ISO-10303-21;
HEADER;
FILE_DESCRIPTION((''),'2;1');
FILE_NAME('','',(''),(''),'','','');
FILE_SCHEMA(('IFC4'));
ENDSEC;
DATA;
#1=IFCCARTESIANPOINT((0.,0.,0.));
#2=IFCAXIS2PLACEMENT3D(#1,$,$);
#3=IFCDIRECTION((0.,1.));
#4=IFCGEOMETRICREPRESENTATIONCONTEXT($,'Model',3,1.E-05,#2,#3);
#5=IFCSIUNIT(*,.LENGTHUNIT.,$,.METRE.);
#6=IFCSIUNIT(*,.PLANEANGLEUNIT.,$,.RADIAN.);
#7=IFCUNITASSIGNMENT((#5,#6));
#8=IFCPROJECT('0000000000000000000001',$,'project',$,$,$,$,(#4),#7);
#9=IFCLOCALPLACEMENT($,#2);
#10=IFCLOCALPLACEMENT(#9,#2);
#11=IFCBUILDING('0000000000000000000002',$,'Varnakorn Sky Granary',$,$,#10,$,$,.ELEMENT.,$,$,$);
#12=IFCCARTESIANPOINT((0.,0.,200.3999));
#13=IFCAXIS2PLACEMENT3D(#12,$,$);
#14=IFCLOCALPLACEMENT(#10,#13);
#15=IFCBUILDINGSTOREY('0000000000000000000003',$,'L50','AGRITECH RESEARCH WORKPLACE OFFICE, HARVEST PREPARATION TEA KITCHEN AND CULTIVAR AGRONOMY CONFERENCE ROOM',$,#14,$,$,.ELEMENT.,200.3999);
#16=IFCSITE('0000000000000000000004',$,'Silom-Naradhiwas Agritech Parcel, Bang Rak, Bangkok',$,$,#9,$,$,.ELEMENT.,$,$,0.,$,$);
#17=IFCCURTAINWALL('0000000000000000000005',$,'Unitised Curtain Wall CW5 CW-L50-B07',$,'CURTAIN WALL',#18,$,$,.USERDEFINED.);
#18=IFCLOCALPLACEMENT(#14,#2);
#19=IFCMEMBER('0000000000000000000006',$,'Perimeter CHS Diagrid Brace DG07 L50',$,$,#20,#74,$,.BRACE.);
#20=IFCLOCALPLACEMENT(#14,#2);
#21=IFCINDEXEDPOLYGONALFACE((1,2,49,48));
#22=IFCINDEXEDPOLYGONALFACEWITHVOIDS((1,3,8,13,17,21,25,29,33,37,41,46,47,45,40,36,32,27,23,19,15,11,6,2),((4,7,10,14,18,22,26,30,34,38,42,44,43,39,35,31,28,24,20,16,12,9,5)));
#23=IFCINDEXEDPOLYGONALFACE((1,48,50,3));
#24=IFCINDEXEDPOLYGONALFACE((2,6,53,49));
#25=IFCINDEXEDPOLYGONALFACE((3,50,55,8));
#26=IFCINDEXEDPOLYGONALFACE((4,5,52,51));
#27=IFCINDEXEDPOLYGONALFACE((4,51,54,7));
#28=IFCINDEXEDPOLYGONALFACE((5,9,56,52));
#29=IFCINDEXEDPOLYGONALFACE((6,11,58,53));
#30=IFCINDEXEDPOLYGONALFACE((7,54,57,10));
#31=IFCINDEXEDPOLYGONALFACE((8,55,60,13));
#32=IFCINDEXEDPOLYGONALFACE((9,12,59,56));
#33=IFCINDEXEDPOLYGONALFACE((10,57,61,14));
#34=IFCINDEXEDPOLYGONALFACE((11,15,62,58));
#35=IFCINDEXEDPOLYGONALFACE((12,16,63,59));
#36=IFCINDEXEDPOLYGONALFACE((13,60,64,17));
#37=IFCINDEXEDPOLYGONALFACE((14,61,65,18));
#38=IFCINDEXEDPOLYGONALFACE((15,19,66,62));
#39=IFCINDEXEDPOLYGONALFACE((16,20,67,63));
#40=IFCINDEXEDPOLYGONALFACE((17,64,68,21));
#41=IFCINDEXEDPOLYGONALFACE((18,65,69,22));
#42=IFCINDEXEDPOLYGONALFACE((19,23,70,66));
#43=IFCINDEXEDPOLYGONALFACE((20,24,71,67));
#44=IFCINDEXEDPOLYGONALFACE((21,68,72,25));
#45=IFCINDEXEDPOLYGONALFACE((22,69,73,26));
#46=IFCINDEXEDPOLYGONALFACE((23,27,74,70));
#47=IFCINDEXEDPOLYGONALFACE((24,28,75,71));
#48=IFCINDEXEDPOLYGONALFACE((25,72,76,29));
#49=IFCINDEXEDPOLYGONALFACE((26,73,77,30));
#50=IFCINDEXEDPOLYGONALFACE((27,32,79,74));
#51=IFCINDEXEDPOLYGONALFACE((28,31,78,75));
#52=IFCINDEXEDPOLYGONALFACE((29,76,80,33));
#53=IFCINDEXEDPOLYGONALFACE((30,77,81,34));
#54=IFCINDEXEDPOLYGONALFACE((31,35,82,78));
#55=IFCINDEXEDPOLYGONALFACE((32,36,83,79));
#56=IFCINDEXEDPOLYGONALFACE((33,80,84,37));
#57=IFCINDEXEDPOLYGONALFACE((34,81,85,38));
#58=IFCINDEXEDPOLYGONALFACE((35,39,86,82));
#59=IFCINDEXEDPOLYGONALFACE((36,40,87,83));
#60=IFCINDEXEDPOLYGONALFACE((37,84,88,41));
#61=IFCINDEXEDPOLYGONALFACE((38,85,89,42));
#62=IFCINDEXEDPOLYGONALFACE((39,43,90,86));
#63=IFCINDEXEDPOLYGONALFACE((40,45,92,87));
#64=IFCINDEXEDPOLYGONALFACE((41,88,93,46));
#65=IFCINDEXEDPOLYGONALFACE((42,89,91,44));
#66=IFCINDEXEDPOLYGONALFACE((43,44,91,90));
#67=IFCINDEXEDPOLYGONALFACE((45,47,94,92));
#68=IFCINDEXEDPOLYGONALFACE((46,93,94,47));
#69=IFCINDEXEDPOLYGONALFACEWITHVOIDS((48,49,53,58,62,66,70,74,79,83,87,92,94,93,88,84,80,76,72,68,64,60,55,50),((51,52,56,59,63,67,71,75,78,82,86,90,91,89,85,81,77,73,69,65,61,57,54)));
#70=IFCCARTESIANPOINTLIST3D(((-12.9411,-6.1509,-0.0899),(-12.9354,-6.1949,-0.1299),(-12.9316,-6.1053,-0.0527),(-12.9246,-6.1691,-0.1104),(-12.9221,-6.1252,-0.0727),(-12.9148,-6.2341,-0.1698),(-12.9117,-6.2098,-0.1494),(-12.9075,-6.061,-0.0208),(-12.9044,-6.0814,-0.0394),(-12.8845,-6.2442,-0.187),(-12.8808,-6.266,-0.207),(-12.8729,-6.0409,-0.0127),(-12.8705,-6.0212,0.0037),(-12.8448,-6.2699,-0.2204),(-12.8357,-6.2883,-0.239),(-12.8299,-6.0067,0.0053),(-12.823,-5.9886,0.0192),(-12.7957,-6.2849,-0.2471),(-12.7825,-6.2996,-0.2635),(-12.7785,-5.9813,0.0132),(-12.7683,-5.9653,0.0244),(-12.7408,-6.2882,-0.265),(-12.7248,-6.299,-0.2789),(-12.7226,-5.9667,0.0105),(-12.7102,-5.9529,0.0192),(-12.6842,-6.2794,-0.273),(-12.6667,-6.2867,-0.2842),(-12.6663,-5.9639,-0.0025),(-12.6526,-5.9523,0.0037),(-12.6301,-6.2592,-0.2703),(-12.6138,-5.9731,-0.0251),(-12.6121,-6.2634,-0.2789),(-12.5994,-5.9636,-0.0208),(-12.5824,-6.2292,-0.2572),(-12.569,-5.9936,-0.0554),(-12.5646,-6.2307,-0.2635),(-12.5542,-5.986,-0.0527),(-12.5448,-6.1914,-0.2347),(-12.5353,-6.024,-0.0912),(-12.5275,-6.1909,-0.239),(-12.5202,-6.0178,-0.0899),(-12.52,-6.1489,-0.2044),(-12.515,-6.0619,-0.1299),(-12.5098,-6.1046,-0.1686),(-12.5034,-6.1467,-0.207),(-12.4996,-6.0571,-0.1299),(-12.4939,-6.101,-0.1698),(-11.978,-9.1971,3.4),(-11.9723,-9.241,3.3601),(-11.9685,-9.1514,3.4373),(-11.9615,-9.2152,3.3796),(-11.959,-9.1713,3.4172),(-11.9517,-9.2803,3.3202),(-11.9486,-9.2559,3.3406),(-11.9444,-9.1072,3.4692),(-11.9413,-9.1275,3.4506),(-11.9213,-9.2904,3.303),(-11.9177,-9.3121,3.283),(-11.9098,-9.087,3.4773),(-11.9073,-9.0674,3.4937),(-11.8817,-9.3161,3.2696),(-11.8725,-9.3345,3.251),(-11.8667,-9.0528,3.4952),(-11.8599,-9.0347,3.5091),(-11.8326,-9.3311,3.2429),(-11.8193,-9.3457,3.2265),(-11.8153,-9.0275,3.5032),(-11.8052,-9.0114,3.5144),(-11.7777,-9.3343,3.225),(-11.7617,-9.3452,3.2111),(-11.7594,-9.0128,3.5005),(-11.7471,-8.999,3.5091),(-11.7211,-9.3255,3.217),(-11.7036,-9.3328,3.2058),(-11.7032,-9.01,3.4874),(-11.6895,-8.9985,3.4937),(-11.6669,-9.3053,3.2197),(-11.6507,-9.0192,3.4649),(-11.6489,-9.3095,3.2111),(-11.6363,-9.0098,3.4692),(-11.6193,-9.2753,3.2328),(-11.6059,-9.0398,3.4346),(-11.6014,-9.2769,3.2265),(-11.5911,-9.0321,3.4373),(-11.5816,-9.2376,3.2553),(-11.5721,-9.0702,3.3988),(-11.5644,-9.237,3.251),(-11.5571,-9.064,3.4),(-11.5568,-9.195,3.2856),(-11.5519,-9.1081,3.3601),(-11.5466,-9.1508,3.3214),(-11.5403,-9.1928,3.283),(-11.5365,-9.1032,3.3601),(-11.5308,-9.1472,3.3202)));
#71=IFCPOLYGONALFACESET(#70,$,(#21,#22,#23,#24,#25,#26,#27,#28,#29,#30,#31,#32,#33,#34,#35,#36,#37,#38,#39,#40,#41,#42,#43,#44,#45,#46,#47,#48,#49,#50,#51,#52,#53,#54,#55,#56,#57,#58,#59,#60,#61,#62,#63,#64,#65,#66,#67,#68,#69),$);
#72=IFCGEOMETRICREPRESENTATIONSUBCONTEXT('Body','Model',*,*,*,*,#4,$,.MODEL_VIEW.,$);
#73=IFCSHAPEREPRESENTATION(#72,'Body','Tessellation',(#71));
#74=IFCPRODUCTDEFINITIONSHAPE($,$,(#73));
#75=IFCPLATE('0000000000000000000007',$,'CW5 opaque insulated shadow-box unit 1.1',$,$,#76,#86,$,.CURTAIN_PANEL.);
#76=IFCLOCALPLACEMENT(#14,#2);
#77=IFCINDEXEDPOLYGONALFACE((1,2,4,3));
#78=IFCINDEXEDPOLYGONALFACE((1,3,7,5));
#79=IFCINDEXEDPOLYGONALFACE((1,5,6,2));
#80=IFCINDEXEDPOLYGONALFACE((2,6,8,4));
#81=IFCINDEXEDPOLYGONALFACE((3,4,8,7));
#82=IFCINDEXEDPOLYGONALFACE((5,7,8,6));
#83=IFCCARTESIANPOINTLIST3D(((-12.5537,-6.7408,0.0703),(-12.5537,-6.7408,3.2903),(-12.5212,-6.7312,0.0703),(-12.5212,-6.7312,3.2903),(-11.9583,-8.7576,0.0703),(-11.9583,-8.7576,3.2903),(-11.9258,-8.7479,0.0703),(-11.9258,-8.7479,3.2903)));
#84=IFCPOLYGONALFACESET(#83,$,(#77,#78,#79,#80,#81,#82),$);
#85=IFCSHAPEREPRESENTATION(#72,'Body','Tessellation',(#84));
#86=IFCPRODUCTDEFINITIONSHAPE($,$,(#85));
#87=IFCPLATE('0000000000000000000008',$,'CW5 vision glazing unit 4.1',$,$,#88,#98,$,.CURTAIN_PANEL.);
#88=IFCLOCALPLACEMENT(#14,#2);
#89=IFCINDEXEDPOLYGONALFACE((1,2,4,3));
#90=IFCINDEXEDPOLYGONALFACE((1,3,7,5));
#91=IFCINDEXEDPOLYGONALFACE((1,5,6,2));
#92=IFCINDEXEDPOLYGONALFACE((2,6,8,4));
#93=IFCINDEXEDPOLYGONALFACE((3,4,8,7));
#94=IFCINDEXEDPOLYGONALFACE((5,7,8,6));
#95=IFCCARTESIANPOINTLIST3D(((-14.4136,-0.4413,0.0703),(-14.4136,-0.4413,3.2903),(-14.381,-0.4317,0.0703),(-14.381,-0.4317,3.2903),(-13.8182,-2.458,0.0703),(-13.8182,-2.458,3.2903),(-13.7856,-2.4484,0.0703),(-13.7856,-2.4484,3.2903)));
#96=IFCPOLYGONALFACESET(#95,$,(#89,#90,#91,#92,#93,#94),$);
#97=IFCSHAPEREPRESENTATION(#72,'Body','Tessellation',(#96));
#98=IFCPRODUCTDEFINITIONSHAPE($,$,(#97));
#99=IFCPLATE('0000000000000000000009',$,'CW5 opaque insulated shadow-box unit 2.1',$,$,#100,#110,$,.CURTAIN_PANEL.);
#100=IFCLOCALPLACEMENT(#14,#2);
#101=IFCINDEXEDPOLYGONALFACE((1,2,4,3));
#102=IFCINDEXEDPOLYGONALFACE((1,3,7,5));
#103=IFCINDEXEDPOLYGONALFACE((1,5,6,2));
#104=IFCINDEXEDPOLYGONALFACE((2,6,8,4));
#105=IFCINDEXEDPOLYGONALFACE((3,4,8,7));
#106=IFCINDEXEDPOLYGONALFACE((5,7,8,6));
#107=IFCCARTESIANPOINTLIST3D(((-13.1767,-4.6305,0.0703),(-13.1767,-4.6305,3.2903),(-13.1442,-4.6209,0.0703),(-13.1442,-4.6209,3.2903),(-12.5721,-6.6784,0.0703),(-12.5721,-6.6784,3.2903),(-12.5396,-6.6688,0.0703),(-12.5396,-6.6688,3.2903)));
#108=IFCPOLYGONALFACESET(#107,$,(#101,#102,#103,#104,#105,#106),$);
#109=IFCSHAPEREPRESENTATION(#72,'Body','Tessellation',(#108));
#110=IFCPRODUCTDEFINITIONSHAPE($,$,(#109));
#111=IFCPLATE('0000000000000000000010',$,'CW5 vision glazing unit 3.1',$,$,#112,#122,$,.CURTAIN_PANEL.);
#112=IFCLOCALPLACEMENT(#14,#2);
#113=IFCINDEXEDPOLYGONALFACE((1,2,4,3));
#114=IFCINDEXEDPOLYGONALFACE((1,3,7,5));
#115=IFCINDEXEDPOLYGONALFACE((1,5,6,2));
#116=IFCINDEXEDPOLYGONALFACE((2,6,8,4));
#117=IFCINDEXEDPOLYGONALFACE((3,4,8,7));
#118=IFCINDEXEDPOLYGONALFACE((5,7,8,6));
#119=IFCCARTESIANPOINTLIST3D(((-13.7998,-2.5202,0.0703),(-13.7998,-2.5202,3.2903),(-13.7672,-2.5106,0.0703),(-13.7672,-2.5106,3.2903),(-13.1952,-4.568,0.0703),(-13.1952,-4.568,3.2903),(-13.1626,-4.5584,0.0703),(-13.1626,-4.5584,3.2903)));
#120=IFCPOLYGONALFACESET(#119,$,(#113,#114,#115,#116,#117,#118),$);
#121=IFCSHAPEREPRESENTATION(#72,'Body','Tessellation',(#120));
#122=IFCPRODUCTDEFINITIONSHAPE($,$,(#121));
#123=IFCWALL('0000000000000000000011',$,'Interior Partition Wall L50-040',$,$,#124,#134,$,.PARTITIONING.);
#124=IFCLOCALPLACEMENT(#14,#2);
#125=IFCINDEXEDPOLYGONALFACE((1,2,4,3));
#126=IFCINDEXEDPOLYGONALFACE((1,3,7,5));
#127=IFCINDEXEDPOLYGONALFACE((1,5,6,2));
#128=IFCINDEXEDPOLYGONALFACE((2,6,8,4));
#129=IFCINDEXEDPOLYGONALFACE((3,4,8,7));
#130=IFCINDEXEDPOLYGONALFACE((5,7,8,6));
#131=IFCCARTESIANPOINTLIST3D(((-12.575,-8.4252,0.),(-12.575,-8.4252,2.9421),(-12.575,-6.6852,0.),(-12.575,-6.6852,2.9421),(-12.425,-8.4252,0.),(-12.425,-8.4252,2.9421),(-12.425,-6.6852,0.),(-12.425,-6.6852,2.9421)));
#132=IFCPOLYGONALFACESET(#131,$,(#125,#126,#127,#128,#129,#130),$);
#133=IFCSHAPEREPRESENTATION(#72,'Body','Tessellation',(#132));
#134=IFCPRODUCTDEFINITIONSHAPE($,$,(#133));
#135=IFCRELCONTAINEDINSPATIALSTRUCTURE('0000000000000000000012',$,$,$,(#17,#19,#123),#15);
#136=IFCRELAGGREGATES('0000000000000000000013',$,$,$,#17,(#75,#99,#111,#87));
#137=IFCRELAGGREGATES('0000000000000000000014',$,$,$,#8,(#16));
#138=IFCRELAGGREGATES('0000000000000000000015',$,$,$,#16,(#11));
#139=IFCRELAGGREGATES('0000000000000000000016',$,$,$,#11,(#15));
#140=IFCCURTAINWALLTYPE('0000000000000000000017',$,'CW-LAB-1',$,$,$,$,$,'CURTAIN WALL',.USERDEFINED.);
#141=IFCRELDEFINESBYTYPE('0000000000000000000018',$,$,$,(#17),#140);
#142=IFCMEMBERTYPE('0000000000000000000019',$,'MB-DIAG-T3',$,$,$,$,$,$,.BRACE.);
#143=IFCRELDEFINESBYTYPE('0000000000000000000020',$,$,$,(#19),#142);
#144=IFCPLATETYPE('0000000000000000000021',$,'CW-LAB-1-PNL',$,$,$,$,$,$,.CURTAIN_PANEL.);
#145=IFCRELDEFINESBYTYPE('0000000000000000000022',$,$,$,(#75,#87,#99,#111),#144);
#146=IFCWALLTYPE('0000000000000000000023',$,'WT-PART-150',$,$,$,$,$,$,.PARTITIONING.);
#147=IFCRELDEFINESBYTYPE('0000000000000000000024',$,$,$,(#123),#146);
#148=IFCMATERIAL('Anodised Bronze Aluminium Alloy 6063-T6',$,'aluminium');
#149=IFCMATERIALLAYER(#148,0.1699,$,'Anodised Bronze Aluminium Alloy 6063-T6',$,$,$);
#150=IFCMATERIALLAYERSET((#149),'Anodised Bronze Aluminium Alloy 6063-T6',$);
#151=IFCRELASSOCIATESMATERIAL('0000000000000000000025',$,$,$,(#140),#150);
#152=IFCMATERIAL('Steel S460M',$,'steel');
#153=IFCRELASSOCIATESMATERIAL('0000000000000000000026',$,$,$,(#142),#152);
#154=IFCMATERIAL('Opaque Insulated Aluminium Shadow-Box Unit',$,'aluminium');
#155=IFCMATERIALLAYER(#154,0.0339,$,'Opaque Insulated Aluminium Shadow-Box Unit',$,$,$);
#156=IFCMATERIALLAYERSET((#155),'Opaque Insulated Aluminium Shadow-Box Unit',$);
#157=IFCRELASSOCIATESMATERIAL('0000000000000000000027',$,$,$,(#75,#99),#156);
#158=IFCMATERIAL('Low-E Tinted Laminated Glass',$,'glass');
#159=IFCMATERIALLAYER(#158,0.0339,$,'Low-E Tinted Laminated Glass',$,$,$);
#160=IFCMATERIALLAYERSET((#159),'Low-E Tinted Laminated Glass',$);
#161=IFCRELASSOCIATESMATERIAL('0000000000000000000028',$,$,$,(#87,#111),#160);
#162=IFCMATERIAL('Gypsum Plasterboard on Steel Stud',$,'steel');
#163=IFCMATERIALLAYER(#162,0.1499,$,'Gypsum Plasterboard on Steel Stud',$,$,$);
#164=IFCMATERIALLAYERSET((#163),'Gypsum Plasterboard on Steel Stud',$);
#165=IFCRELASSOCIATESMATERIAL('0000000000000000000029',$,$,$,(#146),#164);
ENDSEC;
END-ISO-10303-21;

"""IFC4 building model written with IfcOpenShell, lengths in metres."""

from ifc_helpers import new_model, si_unit, direction, frame, frame_2d, origin, origin_2d, place, context, subcontext, project, spatial, rectangle, hollow_circle, extrude, source, transform, mapped, material, layer, layer_set, material_profile, profile_set, type_object, type_shapes, element, aggregate, save


model = new_model("IFC4")

# Units and contexts
model_context = context("Model", 3, precision=1e-05, world=origin(), true_north=direction((0.0, 1.0)))
body_context = subcontext(model_context, "Body", "Model", "MODEL_VIEW")
ifc_project = project(units=[si_unit("LENGTHUNIT", "METRE"), si_unit("PLANEANGLEUNIT", "RADIAN")], contexts=[model_context])

# Site, building, storey
site_placement = place(None, origin())
site = spatial("IfcSite", under=ifc_project, at=site_placement, Name="Silom-Naradhiwas Agritech Parcel, Bang Rak, Bangkok", CompositionType="ELEMENT", RefElevation=0.0)
building_placement = place(site_placement, origin())
building = spatial("IfcBuilding", under=site, at=building_placement, Name="Varnakorn Sky Granary", CompositionType="ELEMENT")
storey_placement = place(building_placement, frame((0.0, 0.0, 200.3999)))
storey = spatial("IfcBuildingStorey", under=building, at=storey_placement, Name="L50", Description="AGRITECH RESEARCH WORKPLACE OFFICE, HARVEST PREPARATION TEA KITCHEN AND CULTIVAR AGRONOMY CONFERENCE ROOM", CompositionType="ELEMENT", Elevation=200.3999)

# Shared definitions
ifc_material_1 = material(Name="Steel S460M", Category="steel")

# Shared definitions
ifc_material_2 = material(Name="Anodised Bronze Aluminium Alloy 6063-T6", Category="aluminium")
ifc_layer_1 = layer(ifc_material_2, 0.1699, Name="Anodised Bronze Aluminium Alloy 6063-T6")
ifc_layer_set_1 = layer_set([ifc_layer_1], Name="Anodised Bronze Aluminium Alloy 6063-T6")
curtain_wall_type = type_object("IfcCurtainWallType", Name="CW-LAB-1", ElementType="CURTAIN WALL", PredefinedType="USERDEFINED", material=ifc_layer_set_1)

# Curtain wall
curtain_wall_1_placement = place(storey_placement, origin())
curtain_wall_1 = element("IfcCurtainWall", 1, at=curtain_wall_1_placement, inside=storey, type_object=curtain_wall_type, Name="Unitised Curtain Wall CW5 CW-L50-B07", ObjectType="CURTAIN WALL", PredefinedType="USERDEFINED")

# Member
ifc_material_profile_1 = material_profile(ifc_material_1, hollow_circle(Radius=0.2285, WallThickness=0.0161, at=origin_2d()), Name="CHS 457x16")
ifc_profile_set_1 = profile_set([ifc_material_profile_1], Name="Steel S460M")
member_type_1 = type_object("IfcMemberType", Name="MB-DIAG-T3", PredefinedType="BRACE", material=ifc_profile_set_1)
member_1_placement = place(storey_placement, frame((-12.7175, -6.126, -0.1299), z_axis=(0.20356, -0.643807, 0.737615), x_axis=(0.953475, 0.301471, 0.0)))
element("IfcMember", 2, at=member_1_placement, inside=storey, type_object=member_type_1, Name="Perimeter CHS Diagrid Brace DG07 L50", PredefinedType="BRACE", context=body_context, shape_type="SweptSolid", body=[
    extrude(hollow_circle(Radius=0.2285, WallThickness=0.0161, at=origin_2d()), origin(), (0.0, 0.0, 1.0), 4.7314),
])

# Plates
ifc_material_3 = material(Name="Opaque Insulated Aluminium Shadow-Box Unit", Category="aluminium")
ifc_layer_2 = layer(ifc_material_3, 0.0339, Name="Opaque Insulated Aluminium Shadow-Box Unit")
ifc_layer_set_2 = layer_set([ifc_layer_2], Name="Opaque Insulated Aluminium Shadow-Box Unit")
plate_type = type_object("IfcPlateType", Name="CW-LAB-1-PNL", PredefinedType="CURTAIN_PANEL")
shared_shape_1 = source(origin(), body_context, "Body", "SweptSolid", [
    extrude(rectangle(XDim=2.1028, YDim=0.0339, at=origin_2d()), origin(), (0.0, 0.0, 1.0), 3.22),
])
plate_1_placement = place(storey_placement, frame((-12.2397, -7.7444, 0.0703), z_axis=(0.0, 0.0, 1.0), x_axis=(-0.283144, 0.959077, 0.0)))
plate_1 = element("IfcPlate", 3, at=plate_1_placement, type_object=plate_type, material=ifc_layer_set_2, Name="CW5 opaque insulated shadow-box unit 1.1", PredefinedType="CURTAIN_PANEL", context=body_context, shape_type="MappedRepresentation", body=[
    mapped(shared_shape_1, transform((0.0, 0.0, 0.0), x_axis=(1.0, 0.0, 0.0), y_axis=(0.0, 1.0, 0.0), z_axis=(0.0, 0.0, 1.0), scale=1.0)),
])
ifc_material_4 = material(Name="Low-E Tinted Laminated Glass", Category="glass")
ifc_layer_3 = layer(ifc_material_4, 0.0339, Name="Low-E Tinted Laminated Glass")
ifc_layer_set_3 = layer_set([ifc_layer_3], Name="Low-E Tinted Laminated Glass")
plate_2_placement = place(storey_placement, frame((-14.0996, -1.4448, 0.0703), z_axis=(0.0, 0.0, 1.0), x_axis=(-0.283144, 0.959077, 0.0)))
plate_2 = element("IfcPlate", 4, at=plate_2_placement, type_object=plate_type, material=ifc_layer_set_3, Name="CW5 vision glazing unit 4.1", PredefinedType="CURTAIN_PANEL", context=body_context, shape_type="MappedRepresentation", body=[
    mapped(shared_shape_1, transform((0.0, 0.0, 0.0), x_axis=(1.0, 0.0, 0.0), y_axis=(0.0, 1.0, 0.0), z_axis=(0.0, 0.0, 1.0), scale=1.0)),
])
shared_shape_2 = source(origin(), body_context, "Body", "SweptSolid", [
    extrude(rectangle(XDim=2.1353, YDim=0.0339, at=origin_2d()), origin(), (0.0, 0.0, 1.0), 3.22),
])
type_shapes(plate_type, [shared_shape_1, shared_shape_2])
plate_3_placement = place(storey_placement, frame((-12.8582, -5.6497, 0.0703), z_axis=(0.0, 0.0, 1.0), x_axis=(-0.283144, 0.959077, 0.0)))
plate_3 = element("IfcPlate", 5, at=plate_3_placement, type_object=plate_type, material=ifc_layer_set_2, Name="CW5 opaque insulated shadow-box unit 2.1", PredefinedType="CURTAIN_PANEL", context=body_context, shape_type="MappedRepresentation", body=[
    mapped(shared_shape_2, transform((0.0, 0.0, 0.0), x_axis=(1.0, 0.0, 0.0), y_axis=(0.0, 1.0, 0.0), z_axis=(0.0, 0.0, 1.0), scale=1.0)),
])
plate_4_placement = place(storey_placement, frame((-13.4812, -3.5393, 0.0703), z_axis=(0.0, 0.0, 1.0), x_axis=(-0.283144, 0.959077, 0.0)))
plate_4 = element("IfcPlate", 6, at=plate_4_placement, type_object=plate_type, material=ifc_layer_set_3, Name="CW5 vision glazing unit 3.1", PredefinedType="CURTAIN_PANEL", context=body_context, shape_type="MappedRepresentation", body=[
    mapped(shared_shape_2, transform((0.0, 0.0, 0.0), x_axis=(1.0, 0.0, 0.0), y_axis=(0.0, 1.0, 0.0), z_axis=(0.0, 0.0, 1.0), scale=1.0)),
])
aggregate(curtain_wall_1, [plate_1, plate_3, plate_4, plate_2])

# Wall
ifc_material_5 = material(Name="Gypsum Plasterboard on Steel Stud", Category="steel")
ifc_layer_4 = layer(ifc_material_5, 0.1499, Name="Gypsum Plasterboard on Steel Stud")
ifc_layer_set_4 = layer_set([ifc_layer_4], Name="Gypsum Plasterboard on Steel Stud")
wall_type = type_object("IfcWallType", Name="WT-PART-150", PredefinedType="PARTITIONING", material=ifc_layer_set_4)
wall_placement = place(storey_placement, frame((-12.5, -6.6851, 0.0), z_axis=(0.0, 0.0, 1.0), x_axis=(0.0, -1.0, 0.0)))
element("IfcWall", 7, at=wall_placement, inside=storey, type_object=wall_type, Name="Interior Partition Wall L50-040", PredefinedType="PARTITIONING", context=body_context, shape_type="SweptSolid", body=[
    extrude(rectangle(XDim=1.74, YDim=0.1499, at=frame_2d((0.8701, 0.0))), origin(), (0.0, 0.0, 1.0), 2.9421),
])

save(model, "model.ifc")
